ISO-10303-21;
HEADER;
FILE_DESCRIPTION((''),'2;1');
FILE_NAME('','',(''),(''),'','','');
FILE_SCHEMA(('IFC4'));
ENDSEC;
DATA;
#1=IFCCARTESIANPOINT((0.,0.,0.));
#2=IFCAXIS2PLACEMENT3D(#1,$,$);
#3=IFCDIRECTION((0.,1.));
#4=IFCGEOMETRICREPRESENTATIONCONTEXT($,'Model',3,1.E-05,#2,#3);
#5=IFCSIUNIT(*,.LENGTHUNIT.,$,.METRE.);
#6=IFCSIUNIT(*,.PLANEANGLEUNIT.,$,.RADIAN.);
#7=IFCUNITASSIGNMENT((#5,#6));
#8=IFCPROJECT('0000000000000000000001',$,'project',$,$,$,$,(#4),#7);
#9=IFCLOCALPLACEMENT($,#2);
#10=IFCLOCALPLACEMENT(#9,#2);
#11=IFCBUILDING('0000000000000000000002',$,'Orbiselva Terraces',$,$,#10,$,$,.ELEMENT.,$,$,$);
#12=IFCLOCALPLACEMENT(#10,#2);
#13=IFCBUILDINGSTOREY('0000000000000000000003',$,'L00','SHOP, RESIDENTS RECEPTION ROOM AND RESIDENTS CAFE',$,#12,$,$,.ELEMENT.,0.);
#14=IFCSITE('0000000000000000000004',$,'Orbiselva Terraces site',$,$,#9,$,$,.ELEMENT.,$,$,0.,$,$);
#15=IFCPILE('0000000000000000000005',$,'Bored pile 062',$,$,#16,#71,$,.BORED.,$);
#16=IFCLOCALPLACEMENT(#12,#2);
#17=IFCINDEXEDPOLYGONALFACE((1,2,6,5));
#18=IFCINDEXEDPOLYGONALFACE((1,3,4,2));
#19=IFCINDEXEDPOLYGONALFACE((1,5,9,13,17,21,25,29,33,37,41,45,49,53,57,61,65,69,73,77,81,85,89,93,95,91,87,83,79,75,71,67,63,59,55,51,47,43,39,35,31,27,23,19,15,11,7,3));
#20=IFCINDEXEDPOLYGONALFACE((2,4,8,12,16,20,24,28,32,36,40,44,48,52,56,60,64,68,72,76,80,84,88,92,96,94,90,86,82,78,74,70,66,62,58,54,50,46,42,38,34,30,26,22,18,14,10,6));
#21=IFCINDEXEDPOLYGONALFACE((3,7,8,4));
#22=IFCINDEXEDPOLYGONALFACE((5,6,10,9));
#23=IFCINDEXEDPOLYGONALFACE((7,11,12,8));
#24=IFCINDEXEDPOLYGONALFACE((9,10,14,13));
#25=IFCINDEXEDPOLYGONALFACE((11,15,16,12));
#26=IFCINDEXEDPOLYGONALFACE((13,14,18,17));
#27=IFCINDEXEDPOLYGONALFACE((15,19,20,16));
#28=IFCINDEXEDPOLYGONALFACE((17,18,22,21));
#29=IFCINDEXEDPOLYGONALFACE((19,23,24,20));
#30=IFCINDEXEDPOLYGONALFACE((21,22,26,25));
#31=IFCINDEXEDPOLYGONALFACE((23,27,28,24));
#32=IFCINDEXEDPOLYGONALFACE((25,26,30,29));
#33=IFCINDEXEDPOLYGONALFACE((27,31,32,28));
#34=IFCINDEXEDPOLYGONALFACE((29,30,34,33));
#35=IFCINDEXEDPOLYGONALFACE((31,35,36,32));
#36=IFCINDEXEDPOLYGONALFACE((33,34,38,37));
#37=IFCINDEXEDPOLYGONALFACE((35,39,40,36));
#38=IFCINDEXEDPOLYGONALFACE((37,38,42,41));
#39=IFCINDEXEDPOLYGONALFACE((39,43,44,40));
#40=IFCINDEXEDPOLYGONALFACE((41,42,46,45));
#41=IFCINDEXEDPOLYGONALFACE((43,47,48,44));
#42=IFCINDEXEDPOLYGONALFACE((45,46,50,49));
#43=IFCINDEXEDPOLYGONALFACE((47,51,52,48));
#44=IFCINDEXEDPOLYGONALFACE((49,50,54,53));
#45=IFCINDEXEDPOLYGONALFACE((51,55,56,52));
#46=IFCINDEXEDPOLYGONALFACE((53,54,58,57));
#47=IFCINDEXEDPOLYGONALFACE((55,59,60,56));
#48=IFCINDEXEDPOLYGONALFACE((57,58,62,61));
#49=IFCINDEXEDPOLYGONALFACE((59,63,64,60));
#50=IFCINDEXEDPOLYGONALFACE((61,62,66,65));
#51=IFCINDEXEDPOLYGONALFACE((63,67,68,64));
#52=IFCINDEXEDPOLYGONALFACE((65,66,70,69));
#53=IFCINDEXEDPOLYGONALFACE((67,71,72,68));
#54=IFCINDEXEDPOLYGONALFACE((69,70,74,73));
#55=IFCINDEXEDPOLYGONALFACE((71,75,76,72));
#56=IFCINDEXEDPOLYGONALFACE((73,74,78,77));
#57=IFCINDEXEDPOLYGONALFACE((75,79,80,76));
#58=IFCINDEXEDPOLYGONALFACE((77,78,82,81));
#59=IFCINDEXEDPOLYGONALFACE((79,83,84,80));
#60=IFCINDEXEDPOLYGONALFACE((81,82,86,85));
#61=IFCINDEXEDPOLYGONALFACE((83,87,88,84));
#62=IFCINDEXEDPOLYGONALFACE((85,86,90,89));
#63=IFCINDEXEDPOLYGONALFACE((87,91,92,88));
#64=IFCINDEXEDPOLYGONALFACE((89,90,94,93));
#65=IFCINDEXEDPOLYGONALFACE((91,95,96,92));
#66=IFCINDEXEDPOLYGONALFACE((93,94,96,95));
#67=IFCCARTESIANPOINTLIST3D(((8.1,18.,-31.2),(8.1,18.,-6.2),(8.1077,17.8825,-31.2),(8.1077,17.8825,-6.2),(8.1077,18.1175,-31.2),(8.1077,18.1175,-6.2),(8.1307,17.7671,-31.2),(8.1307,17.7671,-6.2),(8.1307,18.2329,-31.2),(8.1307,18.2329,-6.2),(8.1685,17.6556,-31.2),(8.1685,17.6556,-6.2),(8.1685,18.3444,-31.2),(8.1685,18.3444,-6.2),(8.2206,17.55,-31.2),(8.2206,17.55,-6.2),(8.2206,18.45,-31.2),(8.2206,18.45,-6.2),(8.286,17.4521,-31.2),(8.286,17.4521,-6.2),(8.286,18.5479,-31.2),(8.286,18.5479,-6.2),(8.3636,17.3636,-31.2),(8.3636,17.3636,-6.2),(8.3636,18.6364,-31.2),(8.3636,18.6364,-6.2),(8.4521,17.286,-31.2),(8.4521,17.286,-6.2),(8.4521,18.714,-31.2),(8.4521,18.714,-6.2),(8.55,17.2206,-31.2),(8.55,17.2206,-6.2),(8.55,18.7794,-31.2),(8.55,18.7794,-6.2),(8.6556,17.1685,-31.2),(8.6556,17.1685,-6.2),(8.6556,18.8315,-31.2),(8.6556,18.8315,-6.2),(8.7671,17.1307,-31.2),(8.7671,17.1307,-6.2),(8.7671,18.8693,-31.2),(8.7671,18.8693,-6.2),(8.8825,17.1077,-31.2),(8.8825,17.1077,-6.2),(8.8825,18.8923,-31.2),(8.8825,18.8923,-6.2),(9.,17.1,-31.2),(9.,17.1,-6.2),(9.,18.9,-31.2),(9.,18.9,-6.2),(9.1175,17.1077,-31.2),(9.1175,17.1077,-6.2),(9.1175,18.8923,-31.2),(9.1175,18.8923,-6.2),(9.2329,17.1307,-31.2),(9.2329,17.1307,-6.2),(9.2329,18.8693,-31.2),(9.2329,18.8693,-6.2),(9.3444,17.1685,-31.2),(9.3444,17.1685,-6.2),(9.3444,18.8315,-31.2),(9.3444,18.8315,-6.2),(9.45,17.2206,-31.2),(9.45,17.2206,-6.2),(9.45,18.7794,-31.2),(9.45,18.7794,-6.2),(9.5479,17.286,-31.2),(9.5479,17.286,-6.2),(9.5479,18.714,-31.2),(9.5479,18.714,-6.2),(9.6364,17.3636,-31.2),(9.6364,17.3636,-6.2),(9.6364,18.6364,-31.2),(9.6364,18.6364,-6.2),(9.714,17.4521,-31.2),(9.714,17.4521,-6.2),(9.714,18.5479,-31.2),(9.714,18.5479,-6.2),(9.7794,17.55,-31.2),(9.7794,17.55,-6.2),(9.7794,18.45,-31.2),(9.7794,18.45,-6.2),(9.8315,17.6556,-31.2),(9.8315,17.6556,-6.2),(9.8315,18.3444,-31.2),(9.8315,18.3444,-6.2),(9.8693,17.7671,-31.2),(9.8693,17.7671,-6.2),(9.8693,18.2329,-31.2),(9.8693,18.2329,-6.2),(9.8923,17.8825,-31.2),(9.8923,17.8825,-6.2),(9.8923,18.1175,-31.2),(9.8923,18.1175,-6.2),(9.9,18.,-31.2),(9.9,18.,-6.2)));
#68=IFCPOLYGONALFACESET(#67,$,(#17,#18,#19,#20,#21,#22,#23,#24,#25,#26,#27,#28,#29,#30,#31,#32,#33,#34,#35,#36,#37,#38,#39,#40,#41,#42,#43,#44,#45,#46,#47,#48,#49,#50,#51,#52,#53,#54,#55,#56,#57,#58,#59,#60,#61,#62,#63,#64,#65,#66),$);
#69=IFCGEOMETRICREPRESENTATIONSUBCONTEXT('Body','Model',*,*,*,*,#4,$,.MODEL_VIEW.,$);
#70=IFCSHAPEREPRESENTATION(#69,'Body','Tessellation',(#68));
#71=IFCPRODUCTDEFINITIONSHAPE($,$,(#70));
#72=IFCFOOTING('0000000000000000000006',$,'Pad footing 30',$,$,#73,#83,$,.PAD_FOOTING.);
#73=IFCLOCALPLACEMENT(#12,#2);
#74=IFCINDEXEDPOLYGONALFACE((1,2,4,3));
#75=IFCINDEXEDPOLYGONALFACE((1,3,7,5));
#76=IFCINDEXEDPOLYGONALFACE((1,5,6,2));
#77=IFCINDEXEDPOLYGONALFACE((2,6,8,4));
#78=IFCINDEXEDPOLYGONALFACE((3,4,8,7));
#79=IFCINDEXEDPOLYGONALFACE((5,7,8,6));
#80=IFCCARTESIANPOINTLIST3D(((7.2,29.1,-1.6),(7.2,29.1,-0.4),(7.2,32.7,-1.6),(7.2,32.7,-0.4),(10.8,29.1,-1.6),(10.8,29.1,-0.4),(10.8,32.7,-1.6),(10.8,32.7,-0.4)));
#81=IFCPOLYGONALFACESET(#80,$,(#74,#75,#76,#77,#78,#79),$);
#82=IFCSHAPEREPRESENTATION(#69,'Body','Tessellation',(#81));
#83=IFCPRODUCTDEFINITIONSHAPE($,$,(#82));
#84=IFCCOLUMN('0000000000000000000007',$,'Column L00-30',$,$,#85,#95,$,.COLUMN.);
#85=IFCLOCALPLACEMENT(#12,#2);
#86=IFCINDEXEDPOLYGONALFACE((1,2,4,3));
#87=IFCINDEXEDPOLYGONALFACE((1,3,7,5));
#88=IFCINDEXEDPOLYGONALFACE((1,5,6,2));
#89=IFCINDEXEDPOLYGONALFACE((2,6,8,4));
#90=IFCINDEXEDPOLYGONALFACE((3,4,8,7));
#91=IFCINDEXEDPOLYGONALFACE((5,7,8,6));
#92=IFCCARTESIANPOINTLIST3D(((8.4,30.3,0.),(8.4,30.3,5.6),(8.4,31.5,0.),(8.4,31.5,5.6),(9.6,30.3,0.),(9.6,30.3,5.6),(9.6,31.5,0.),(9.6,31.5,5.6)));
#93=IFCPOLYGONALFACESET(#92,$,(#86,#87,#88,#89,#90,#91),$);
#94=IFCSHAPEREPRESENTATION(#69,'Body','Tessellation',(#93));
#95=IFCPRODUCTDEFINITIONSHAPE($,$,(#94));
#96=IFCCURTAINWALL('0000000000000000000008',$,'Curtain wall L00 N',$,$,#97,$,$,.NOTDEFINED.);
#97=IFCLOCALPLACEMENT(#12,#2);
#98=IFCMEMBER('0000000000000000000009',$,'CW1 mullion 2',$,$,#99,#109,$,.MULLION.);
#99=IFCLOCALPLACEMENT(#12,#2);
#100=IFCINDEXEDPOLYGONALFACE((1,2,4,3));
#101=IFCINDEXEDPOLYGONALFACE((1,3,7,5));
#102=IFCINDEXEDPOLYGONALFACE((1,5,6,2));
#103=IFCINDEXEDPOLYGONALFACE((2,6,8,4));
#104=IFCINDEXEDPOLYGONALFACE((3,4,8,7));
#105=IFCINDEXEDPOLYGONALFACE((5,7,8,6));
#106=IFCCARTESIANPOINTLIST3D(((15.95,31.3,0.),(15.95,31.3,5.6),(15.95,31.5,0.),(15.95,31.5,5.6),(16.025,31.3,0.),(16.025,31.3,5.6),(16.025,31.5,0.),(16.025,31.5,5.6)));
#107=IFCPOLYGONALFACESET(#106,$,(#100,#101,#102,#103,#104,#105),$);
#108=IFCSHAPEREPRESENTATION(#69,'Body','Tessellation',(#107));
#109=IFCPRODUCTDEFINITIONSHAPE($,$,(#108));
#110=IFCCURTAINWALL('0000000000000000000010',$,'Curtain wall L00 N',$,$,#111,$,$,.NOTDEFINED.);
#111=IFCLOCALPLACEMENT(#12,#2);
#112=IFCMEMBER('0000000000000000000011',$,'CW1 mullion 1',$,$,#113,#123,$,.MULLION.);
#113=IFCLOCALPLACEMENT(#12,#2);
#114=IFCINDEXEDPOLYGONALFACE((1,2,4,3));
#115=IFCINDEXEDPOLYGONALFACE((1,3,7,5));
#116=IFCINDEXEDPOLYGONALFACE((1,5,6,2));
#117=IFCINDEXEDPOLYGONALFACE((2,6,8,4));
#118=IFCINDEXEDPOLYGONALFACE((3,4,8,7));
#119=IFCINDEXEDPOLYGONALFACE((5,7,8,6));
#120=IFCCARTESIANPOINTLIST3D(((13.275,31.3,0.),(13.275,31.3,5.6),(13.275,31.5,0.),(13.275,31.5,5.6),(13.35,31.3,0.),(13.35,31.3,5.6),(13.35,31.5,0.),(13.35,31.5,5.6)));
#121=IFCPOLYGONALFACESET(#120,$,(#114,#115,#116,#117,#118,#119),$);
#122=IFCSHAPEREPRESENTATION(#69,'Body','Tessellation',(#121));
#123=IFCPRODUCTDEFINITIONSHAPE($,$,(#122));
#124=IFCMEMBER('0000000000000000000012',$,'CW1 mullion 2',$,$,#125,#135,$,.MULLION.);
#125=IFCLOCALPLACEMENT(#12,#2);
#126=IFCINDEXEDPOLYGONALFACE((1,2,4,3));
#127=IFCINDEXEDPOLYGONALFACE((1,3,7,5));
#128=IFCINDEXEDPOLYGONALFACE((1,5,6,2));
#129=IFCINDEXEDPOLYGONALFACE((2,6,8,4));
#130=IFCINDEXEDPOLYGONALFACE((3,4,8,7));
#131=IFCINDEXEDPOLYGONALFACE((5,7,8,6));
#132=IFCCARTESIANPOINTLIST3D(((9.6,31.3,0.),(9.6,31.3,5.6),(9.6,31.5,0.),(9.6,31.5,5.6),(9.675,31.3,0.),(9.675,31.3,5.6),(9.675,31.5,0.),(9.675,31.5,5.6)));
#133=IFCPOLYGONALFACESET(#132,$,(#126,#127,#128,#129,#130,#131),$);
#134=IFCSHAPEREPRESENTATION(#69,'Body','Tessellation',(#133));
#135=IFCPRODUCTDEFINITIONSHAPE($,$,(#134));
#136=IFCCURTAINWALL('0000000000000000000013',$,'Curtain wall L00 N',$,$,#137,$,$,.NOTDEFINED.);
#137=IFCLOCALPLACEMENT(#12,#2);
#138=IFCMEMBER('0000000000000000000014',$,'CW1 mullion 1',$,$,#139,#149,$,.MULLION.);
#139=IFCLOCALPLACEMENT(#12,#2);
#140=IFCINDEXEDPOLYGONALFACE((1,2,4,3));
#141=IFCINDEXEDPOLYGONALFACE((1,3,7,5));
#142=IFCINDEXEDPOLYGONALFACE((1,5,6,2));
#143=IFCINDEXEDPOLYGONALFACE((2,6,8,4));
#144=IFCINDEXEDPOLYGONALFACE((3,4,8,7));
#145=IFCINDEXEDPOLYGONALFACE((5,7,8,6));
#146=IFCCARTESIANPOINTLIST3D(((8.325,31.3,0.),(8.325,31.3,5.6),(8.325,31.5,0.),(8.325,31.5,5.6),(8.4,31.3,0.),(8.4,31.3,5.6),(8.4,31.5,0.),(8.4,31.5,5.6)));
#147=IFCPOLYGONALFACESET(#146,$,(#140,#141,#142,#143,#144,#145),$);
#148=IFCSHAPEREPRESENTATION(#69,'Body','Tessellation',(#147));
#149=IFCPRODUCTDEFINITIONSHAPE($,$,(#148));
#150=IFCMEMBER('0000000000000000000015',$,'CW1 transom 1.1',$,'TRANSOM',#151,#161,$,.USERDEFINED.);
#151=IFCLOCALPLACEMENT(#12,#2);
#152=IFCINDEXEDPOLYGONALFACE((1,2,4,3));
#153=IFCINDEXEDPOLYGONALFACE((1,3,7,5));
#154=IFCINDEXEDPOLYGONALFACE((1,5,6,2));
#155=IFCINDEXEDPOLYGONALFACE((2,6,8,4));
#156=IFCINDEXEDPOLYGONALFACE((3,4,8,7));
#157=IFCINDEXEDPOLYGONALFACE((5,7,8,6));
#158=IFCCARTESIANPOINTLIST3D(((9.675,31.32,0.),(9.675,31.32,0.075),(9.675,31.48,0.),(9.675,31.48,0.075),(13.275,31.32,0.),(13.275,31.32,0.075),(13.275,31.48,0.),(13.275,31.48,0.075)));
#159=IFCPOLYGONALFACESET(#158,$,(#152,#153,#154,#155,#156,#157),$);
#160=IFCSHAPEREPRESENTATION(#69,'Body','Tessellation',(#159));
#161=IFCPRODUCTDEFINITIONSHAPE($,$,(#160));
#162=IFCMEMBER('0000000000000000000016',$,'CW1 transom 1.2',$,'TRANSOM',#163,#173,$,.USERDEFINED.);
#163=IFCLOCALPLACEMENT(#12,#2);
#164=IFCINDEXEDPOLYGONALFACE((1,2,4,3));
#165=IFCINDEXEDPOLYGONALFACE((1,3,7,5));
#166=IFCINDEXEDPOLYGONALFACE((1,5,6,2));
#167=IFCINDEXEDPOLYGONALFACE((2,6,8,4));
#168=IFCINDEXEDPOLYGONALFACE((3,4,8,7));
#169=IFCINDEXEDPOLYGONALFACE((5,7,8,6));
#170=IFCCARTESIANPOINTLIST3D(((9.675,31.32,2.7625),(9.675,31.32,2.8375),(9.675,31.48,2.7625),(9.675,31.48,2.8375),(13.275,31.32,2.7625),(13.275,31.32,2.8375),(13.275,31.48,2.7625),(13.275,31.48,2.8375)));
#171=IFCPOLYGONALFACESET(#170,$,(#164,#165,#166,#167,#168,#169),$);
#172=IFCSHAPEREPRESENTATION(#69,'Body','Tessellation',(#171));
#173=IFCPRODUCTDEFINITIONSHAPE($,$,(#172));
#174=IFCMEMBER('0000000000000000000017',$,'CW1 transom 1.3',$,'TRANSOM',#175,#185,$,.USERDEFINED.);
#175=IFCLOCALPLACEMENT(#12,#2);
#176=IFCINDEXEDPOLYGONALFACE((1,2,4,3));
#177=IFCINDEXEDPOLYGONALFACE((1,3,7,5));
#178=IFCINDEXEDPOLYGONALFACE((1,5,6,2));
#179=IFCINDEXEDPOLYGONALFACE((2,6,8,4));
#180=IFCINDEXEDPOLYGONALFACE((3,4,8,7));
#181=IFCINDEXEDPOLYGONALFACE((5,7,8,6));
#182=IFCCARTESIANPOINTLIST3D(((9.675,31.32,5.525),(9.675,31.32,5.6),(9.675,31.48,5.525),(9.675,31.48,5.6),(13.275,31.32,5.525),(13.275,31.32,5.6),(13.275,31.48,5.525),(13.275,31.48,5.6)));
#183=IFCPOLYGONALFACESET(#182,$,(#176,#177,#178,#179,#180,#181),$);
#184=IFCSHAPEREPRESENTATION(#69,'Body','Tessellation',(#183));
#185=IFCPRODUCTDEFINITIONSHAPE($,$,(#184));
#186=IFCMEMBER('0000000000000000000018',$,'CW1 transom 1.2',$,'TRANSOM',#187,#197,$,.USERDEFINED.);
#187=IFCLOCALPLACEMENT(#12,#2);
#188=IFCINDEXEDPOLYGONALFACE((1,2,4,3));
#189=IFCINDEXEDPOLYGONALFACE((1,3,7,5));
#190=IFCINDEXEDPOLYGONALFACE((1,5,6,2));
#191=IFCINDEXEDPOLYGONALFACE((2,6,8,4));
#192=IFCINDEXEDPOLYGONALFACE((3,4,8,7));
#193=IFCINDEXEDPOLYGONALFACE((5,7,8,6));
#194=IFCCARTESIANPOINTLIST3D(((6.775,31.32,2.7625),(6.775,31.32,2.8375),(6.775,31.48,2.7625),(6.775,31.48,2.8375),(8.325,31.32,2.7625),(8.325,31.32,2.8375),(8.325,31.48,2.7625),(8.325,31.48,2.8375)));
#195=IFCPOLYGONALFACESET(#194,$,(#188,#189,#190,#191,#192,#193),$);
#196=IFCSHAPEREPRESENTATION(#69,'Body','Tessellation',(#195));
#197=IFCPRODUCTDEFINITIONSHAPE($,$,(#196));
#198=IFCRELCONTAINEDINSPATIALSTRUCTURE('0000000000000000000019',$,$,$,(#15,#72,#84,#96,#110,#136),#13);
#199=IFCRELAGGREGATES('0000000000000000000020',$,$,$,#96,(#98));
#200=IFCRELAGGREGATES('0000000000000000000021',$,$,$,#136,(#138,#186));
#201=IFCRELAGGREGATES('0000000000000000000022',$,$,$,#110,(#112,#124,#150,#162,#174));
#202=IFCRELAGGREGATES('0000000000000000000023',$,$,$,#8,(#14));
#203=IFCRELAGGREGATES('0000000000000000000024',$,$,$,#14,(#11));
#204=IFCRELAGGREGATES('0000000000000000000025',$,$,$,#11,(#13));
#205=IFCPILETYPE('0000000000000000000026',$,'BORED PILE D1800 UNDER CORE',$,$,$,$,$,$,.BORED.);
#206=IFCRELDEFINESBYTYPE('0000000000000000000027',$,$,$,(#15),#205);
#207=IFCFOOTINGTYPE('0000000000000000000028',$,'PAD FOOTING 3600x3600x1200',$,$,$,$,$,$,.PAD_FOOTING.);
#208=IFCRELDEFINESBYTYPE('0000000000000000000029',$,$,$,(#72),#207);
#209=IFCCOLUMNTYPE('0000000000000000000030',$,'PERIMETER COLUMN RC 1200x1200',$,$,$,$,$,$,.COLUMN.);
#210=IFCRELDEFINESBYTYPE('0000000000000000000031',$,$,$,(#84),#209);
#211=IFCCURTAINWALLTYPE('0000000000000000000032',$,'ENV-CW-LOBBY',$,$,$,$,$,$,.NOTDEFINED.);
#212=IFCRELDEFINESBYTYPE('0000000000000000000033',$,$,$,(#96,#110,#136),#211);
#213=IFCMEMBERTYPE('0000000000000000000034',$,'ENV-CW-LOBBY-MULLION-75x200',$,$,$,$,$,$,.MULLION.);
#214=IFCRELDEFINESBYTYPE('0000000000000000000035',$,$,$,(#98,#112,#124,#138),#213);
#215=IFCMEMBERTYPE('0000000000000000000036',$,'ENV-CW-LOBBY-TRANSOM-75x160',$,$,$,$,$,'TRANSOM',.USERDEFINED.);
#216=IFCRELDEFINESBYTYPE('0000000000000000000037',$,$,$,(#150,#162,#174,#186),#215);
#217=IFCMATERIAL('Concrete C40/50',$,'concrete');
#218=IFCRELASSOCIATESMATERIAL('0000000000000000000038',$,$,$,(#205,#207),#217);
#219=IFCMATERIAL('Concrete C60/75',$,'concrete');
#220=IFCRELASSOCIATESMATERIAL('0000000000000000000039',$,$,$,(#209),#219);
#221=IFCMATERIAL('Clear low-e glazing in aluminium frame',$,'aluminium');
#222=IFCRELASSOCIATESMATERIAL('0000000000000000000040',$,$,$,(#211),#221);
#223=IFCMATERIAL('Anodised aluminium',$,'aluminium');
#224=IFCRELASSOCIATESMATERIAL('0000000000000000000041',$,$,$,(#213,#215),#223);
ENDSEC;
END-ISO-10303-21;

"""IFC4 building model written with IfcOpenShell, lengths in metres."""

from ifc_helpers import new_model, si_unit, direction, frame, origin, origin_2d, place, context, subcontext, project, spatial, rectangle, circle, extrude, material, material_profile, profile_set, type_object, element, aggregate, save


model = new_model("IFC4")

# Units and contexts
model_context = context("Model", 3, precision=1e-05, world=origin(), true_north=direction((0.0, 1.0)))
body_context = subcontext(model_context, "Body", "Model", "MODEL_VIEW")
ifc_project = project(units=[si_unit("LENGTHUNIT", "METRE"), si_unit("PLANEANGLEUNIT", "RADIAN")], contexts=[model_context])

# Site, building, storey
site_placement = place(None, origin())
site = spatial("IfcSite", under=ifc_project, at=site_placement, Name="Orbiselva Terraces site", CompositionType="ELEMENT", RefElevation=0.0)
building_placement = place(site_placement, origin())
building = spatial("IfcBuilding", under=site, at=building_placement, Name="Orbiselva Terraces", CompositionType="ELEMENT")
storey_placement = place(building_placement, origin())
storey = spatial("IfcBuildingStorey", under=building, at=storey_placement, Name="L00", Description="SHOP, RESIDENTS RECEPTION ROOM AND RESIDENTS CAFE", CompositionType="ELEMENT", Elevation=0.0)

# Pile
ifc_material_1 = material(Name="Concrete C40/50", Category="concrete")
ifc_material_profile_1 = material_profile(ifc_material_1, circle(Radius=0.9, at=origin_2d()), Name="D1800")
ifc_profile_set_1 = profile_set([ifc_material_profile_1], Name="Concrete C40/50")
pile_type_1 = type_object("IfcPileType", Name="BORED PILE D1800 UNDER CORE", PredefinedType="BORED", material=ifc_profile_set_1)
pile_placement = place(storey_placement, frame((9.0, 18.0, -6.2), z_axis=(0.0, 0.0, -1.0), x_axis=(1.0, 0.0, 0.0)))
element("IfcPile", 1, at=pile_placement, inside=storey, type_object=pile_type_1, Name="Bored pile 062", PredefinedType="BORED", context=body_context, shape_type="SweptSolid", body=[
    extrude(circle(Radius=0.9, at=origin_2d()), origin(), (0.0, 0.0, 1.0), 25.0),
])

# Footing
footing_type = type_object("IfcFootingType", Name="PAD FOOTING 3600x3600x1200", PredefinedType="PAD_FOOTING", material=ifc_material_1)
footing_placement = place(storey_placement, frame((9.0, 30.9, -1.6), z_axis=(0.0, 0.0, 1.0), x_axis=(1.0, 0.0, 0.0)))
element("IfcFooting", 2, at=footing_placement, inside=storey, type_object=footing_type, Name="Pad footing 30", PredefinedType="PAD_FOOTING", context=body_context, shape_type="SweptSolid", body=[
    extrude(rectangle(XDim=3.6, YDim=3.6, at=origin_2d()), origin(), (0.0, 0.0, 1.0), 1.2),
])

# Column
ifc_material_2 = material(Name="Concrete C60/75", Category="concrete")
ifc_material_profile_2 = material_profile(ifc_material_2, rectangle(XDim=1.2, YDim=1.2, at=origin_2d()), Name="RC 1200x1200")
ifc_profile_set_2 = profile_set([ifc_material_profile_2], Name="Concrete C60/75")
column_type = type_object("IfcColumnType", Name="PERIMETER COLUMN RC 1200x1200", PredefinedType="COLUMN", material=ifc_profile_set_2)
column_placement = place(storey_placement, frame((9.0, 30.9, 0.0), z_axis=(0.0, 0.0, 1.0), x_axis=(1.0, 0.0, 0.0)))
element("IfcColumn", 3, at=column_placement, inside=storey, type_object=column_type, Name="Column L00-30", PredefinedType="COLUMN", context=body_context, shape_type="SweptSolid", body=[
    extrude(rectangle(XDim=1.2, YDim=1.2, at=origin_2d()), origin(), (0.0, 0.0, 1.0), 5.6),
])

# Curtain wall, member
ifc_material_3 = material(Name="Clear low-e glazing in aluminium frame", Category="aluminium")
curtain_wall_type = type_object("IfcCurtainWallType", Name="ENV-CW-LOBBY", PredefinedType="NOTDEFINED", material=ifc_material_3)
curtain_wall_1_placement = place(storey_placement, origin())
curtain_wall_1 = element("IfcCurtainWall", 4, at=curtain_wall_1_placement, inside=storey, type_object=curtain_wall_type, Name="Curtain wall L00 N", PredefinedType="NOTDEFINED")
ifc_material_4 = material(Name="Anodised aluminium", Category="aluminium")
ifc_material_profile_3 = material_profile(ifc_material_4, rectangle(XDim=0.2, YDim=0.075, at=origin_2d()), Name="AL 75x200")
ifc_profile_set_3 = profile_set([ifc_material_profile_3], Name="Anodised aluminium")
member_type_1 = type_object("IfcMemberType", Name="ENV-CW-LOBBY-MULLION-75x200", PredefinedType="MULLION", material=ifc_profile_set_3)
member_1_placement = place(storey_placement, frame((15.9875, 31.4, 0.0), z_axis=(0.0, 0.0, 1.0), x_axis=(0.0, -1.0, 0.0)))
member_1 = element("IfcMember", 5, at=member_1_placement, type_object=member_type_1, Name="CW1 mullion 2", PredefinedType="MULLION", context=body_context, shape_type="SweptSolid", body=[
    extrude(rectangle(XDim=0.2, YDim=0.075, at=origin_2d()), origin(), (0.0, 0.0, 1.0), 5.6),
])
aggregate(curtain_wall_1, [member_1])

# Curtain wall, members
curtain_wall_2_placement = place(storey_placement, origin())
curtain_wall_2 = element("IfcCurtainWall", 6, at=curtain_wall_2_placement, inside=storey, type_object=curtain_wall_type, Name="Curtain wall L00 N", PredefinedType="NOTDEFINED")
member_2_placement = place(storey_placement, frame((13.3125, 31.4, 0.0), z_axis=(0.0, 0.0, 1.0), x_axis=(0.0, -1.0, 0.0)))
member_2 = element("IfcMember", 7, at=member_2_placement, type_object=member_type_1, Name="CW1 mullion 1", PredefinedType="MULLION", context=body_context, shape_type="SweptSolid", body=[
    extrude(rectangle(XDim=0.2, YDim=0.075, at=origin_2d()), origin(), (0.0, 0.0, 1.0), 5.6),
])
member_3_placement = place(storey_placement, frame((9.6375, 31.4, 0.0), z_axis=(0.0, 0.0, 1.0), x_axis=(0.0, -1.0, 0.0)))
member_3 = element("IfcMember", 8, at=member_3_placement, type_object=member_type_1, Name="CW1 mullion 2", PredefinedType="MULLION", context=body_context, shape_type="SweptSolid", body=[
    extrude(rectangle(XDim=0.2, YDim=0.075, at=origin_2d()), origin(), (0.0, 0.0, 1.0), 5.6),
])

# Curtain wall, member
curtain_wall_3_placement = place(storey_placement, origin())
curtain_wall_3 = element("IfcCurtainWall", 9, at=curtain_wall_3_placement, inside=storey, type_object=curtain_wall_type, Name="Curtain wall L00 N", PredefinedType="NOTDEFINED")
member_4_placement = place(storey_placement, frame((8.3625, 31.4, 0.0), z_axis=(0.0, 0.0, 1.0), x_axis=(0.0, -1.0, 0.0)))
member_4 = element("IfcMember", 10, at=member_4_placement, type_object=member_type_1, Name="CW1 mullion 1", PredefinedType="MULLION", context=body_context, shape_type="SweptSolid", body=[
    extrude(rectangle(XDim=0.2, YDim=0.075, at=origin_2d()), origin(), (0.0, 0.0, 1.0), 5.6),
])

# Members
ifc_material_profile_4 = material_profile(ifc_material_4, rectangle(XDim=0.16, YDim=0.075, at=origin_2d()), Name="AL 75x160")
ifc_profile_set_4 = profile_set([ifc_material_profile_4], Name="Anodised aluminium")
member_type_2 = type_object("IfcMemberType", Name="ENV-CW-LOBBY-TRANSOM-75x160", ElementType="TRANSOM", PredefinedType="USERDEFINED", material=ifc_profile_set_4)
member_5_placement = place(storey_placement, frame((13.275, 31.4, 0.0375), z_axis=(-1.0, 0.0, 0.0), x_axis=(0.0, -1.0, 0.0)))
member_5 = element("IfcMember", 11, at=member_5_placement, type_object=member_type_2, Name="CW1 transom 1.1", ObjectType="TRANSOM", PredefinedType="USERDEFINED", context=body_context, shape_type="SweptSolid", body=[
    extrude(rectangle(XDim=0.16, YDim=0.075, at=origin_2d()), origin(), (0.0, 0.0, 1.0), 3.6),
])
member_6_placement = place(storey_placement, frame((13.275, 31.4, 2.8), z_axis=(-1.0, 0.0, 0.0), x_axis=(0.0, -1.0, 0.0)))
member_6 = element("IfcMember", 12, at=member_6_placement, type_object=member_type_2, Name="CW1 transom 1.2", ObjectType="TRANSOM", PredefinedType="USERDEFINED", context=body_context, shape_type="SweptSolid", body=[
    extrude(rectangle(XDim=0.16, YDim=0.075, at=origin_2d()), origin(), (0.0, 0.0, 1.0), 3.6),
])
member_7_placement = place(storey_placement, frame((13.275, 31.4, 5.5625), z_axis=(-1.0, 0.0, 0.0), x_axis=(0.0, -1.0, 0.0)))
member_7 = element("IfcMember", 13, at=member_7_placement, type_object=member_type_2, Name="CW1 transom 1.3", ObjectType="TRANSOM", PredefinedType="USERDEFINED", context=body_context, shape_type="SweptSolid", body=[
    extrude(rectangle(XDim=0.16, YDim=0.075, at=origin_2d()), origin(), (0.0, 0.0, 1.0), 3.6),
])
member_8_placement = place(storey_placement, frame((8.325, 31.4, 2.8), z_axis=(-1.0, 0.0, 0.0), x_axis=(0.0, -1.0, 0.0)))
member_8 = element("IfcMember", 14, at=member_8_placement, type_object=member_type_2, Name="CW1 transom 1.2", ObjectType="TRANSOM", PredefinedType="USERDEFINED", context=body_context, shape_type="SweptSolid", body=[
    extrude(rectangle(XDim=0.16, YDim=0.075, at=origin_2d()), origin(), (0.0, 0.0, 1.0), 1.55),
])
aggregate(curtain_wall_3, [member_4, member_8])

aggregate(curtain_wall_2, [member_2, member_3, member_5, member_6, member_7])

save(model, "model.ifc")
